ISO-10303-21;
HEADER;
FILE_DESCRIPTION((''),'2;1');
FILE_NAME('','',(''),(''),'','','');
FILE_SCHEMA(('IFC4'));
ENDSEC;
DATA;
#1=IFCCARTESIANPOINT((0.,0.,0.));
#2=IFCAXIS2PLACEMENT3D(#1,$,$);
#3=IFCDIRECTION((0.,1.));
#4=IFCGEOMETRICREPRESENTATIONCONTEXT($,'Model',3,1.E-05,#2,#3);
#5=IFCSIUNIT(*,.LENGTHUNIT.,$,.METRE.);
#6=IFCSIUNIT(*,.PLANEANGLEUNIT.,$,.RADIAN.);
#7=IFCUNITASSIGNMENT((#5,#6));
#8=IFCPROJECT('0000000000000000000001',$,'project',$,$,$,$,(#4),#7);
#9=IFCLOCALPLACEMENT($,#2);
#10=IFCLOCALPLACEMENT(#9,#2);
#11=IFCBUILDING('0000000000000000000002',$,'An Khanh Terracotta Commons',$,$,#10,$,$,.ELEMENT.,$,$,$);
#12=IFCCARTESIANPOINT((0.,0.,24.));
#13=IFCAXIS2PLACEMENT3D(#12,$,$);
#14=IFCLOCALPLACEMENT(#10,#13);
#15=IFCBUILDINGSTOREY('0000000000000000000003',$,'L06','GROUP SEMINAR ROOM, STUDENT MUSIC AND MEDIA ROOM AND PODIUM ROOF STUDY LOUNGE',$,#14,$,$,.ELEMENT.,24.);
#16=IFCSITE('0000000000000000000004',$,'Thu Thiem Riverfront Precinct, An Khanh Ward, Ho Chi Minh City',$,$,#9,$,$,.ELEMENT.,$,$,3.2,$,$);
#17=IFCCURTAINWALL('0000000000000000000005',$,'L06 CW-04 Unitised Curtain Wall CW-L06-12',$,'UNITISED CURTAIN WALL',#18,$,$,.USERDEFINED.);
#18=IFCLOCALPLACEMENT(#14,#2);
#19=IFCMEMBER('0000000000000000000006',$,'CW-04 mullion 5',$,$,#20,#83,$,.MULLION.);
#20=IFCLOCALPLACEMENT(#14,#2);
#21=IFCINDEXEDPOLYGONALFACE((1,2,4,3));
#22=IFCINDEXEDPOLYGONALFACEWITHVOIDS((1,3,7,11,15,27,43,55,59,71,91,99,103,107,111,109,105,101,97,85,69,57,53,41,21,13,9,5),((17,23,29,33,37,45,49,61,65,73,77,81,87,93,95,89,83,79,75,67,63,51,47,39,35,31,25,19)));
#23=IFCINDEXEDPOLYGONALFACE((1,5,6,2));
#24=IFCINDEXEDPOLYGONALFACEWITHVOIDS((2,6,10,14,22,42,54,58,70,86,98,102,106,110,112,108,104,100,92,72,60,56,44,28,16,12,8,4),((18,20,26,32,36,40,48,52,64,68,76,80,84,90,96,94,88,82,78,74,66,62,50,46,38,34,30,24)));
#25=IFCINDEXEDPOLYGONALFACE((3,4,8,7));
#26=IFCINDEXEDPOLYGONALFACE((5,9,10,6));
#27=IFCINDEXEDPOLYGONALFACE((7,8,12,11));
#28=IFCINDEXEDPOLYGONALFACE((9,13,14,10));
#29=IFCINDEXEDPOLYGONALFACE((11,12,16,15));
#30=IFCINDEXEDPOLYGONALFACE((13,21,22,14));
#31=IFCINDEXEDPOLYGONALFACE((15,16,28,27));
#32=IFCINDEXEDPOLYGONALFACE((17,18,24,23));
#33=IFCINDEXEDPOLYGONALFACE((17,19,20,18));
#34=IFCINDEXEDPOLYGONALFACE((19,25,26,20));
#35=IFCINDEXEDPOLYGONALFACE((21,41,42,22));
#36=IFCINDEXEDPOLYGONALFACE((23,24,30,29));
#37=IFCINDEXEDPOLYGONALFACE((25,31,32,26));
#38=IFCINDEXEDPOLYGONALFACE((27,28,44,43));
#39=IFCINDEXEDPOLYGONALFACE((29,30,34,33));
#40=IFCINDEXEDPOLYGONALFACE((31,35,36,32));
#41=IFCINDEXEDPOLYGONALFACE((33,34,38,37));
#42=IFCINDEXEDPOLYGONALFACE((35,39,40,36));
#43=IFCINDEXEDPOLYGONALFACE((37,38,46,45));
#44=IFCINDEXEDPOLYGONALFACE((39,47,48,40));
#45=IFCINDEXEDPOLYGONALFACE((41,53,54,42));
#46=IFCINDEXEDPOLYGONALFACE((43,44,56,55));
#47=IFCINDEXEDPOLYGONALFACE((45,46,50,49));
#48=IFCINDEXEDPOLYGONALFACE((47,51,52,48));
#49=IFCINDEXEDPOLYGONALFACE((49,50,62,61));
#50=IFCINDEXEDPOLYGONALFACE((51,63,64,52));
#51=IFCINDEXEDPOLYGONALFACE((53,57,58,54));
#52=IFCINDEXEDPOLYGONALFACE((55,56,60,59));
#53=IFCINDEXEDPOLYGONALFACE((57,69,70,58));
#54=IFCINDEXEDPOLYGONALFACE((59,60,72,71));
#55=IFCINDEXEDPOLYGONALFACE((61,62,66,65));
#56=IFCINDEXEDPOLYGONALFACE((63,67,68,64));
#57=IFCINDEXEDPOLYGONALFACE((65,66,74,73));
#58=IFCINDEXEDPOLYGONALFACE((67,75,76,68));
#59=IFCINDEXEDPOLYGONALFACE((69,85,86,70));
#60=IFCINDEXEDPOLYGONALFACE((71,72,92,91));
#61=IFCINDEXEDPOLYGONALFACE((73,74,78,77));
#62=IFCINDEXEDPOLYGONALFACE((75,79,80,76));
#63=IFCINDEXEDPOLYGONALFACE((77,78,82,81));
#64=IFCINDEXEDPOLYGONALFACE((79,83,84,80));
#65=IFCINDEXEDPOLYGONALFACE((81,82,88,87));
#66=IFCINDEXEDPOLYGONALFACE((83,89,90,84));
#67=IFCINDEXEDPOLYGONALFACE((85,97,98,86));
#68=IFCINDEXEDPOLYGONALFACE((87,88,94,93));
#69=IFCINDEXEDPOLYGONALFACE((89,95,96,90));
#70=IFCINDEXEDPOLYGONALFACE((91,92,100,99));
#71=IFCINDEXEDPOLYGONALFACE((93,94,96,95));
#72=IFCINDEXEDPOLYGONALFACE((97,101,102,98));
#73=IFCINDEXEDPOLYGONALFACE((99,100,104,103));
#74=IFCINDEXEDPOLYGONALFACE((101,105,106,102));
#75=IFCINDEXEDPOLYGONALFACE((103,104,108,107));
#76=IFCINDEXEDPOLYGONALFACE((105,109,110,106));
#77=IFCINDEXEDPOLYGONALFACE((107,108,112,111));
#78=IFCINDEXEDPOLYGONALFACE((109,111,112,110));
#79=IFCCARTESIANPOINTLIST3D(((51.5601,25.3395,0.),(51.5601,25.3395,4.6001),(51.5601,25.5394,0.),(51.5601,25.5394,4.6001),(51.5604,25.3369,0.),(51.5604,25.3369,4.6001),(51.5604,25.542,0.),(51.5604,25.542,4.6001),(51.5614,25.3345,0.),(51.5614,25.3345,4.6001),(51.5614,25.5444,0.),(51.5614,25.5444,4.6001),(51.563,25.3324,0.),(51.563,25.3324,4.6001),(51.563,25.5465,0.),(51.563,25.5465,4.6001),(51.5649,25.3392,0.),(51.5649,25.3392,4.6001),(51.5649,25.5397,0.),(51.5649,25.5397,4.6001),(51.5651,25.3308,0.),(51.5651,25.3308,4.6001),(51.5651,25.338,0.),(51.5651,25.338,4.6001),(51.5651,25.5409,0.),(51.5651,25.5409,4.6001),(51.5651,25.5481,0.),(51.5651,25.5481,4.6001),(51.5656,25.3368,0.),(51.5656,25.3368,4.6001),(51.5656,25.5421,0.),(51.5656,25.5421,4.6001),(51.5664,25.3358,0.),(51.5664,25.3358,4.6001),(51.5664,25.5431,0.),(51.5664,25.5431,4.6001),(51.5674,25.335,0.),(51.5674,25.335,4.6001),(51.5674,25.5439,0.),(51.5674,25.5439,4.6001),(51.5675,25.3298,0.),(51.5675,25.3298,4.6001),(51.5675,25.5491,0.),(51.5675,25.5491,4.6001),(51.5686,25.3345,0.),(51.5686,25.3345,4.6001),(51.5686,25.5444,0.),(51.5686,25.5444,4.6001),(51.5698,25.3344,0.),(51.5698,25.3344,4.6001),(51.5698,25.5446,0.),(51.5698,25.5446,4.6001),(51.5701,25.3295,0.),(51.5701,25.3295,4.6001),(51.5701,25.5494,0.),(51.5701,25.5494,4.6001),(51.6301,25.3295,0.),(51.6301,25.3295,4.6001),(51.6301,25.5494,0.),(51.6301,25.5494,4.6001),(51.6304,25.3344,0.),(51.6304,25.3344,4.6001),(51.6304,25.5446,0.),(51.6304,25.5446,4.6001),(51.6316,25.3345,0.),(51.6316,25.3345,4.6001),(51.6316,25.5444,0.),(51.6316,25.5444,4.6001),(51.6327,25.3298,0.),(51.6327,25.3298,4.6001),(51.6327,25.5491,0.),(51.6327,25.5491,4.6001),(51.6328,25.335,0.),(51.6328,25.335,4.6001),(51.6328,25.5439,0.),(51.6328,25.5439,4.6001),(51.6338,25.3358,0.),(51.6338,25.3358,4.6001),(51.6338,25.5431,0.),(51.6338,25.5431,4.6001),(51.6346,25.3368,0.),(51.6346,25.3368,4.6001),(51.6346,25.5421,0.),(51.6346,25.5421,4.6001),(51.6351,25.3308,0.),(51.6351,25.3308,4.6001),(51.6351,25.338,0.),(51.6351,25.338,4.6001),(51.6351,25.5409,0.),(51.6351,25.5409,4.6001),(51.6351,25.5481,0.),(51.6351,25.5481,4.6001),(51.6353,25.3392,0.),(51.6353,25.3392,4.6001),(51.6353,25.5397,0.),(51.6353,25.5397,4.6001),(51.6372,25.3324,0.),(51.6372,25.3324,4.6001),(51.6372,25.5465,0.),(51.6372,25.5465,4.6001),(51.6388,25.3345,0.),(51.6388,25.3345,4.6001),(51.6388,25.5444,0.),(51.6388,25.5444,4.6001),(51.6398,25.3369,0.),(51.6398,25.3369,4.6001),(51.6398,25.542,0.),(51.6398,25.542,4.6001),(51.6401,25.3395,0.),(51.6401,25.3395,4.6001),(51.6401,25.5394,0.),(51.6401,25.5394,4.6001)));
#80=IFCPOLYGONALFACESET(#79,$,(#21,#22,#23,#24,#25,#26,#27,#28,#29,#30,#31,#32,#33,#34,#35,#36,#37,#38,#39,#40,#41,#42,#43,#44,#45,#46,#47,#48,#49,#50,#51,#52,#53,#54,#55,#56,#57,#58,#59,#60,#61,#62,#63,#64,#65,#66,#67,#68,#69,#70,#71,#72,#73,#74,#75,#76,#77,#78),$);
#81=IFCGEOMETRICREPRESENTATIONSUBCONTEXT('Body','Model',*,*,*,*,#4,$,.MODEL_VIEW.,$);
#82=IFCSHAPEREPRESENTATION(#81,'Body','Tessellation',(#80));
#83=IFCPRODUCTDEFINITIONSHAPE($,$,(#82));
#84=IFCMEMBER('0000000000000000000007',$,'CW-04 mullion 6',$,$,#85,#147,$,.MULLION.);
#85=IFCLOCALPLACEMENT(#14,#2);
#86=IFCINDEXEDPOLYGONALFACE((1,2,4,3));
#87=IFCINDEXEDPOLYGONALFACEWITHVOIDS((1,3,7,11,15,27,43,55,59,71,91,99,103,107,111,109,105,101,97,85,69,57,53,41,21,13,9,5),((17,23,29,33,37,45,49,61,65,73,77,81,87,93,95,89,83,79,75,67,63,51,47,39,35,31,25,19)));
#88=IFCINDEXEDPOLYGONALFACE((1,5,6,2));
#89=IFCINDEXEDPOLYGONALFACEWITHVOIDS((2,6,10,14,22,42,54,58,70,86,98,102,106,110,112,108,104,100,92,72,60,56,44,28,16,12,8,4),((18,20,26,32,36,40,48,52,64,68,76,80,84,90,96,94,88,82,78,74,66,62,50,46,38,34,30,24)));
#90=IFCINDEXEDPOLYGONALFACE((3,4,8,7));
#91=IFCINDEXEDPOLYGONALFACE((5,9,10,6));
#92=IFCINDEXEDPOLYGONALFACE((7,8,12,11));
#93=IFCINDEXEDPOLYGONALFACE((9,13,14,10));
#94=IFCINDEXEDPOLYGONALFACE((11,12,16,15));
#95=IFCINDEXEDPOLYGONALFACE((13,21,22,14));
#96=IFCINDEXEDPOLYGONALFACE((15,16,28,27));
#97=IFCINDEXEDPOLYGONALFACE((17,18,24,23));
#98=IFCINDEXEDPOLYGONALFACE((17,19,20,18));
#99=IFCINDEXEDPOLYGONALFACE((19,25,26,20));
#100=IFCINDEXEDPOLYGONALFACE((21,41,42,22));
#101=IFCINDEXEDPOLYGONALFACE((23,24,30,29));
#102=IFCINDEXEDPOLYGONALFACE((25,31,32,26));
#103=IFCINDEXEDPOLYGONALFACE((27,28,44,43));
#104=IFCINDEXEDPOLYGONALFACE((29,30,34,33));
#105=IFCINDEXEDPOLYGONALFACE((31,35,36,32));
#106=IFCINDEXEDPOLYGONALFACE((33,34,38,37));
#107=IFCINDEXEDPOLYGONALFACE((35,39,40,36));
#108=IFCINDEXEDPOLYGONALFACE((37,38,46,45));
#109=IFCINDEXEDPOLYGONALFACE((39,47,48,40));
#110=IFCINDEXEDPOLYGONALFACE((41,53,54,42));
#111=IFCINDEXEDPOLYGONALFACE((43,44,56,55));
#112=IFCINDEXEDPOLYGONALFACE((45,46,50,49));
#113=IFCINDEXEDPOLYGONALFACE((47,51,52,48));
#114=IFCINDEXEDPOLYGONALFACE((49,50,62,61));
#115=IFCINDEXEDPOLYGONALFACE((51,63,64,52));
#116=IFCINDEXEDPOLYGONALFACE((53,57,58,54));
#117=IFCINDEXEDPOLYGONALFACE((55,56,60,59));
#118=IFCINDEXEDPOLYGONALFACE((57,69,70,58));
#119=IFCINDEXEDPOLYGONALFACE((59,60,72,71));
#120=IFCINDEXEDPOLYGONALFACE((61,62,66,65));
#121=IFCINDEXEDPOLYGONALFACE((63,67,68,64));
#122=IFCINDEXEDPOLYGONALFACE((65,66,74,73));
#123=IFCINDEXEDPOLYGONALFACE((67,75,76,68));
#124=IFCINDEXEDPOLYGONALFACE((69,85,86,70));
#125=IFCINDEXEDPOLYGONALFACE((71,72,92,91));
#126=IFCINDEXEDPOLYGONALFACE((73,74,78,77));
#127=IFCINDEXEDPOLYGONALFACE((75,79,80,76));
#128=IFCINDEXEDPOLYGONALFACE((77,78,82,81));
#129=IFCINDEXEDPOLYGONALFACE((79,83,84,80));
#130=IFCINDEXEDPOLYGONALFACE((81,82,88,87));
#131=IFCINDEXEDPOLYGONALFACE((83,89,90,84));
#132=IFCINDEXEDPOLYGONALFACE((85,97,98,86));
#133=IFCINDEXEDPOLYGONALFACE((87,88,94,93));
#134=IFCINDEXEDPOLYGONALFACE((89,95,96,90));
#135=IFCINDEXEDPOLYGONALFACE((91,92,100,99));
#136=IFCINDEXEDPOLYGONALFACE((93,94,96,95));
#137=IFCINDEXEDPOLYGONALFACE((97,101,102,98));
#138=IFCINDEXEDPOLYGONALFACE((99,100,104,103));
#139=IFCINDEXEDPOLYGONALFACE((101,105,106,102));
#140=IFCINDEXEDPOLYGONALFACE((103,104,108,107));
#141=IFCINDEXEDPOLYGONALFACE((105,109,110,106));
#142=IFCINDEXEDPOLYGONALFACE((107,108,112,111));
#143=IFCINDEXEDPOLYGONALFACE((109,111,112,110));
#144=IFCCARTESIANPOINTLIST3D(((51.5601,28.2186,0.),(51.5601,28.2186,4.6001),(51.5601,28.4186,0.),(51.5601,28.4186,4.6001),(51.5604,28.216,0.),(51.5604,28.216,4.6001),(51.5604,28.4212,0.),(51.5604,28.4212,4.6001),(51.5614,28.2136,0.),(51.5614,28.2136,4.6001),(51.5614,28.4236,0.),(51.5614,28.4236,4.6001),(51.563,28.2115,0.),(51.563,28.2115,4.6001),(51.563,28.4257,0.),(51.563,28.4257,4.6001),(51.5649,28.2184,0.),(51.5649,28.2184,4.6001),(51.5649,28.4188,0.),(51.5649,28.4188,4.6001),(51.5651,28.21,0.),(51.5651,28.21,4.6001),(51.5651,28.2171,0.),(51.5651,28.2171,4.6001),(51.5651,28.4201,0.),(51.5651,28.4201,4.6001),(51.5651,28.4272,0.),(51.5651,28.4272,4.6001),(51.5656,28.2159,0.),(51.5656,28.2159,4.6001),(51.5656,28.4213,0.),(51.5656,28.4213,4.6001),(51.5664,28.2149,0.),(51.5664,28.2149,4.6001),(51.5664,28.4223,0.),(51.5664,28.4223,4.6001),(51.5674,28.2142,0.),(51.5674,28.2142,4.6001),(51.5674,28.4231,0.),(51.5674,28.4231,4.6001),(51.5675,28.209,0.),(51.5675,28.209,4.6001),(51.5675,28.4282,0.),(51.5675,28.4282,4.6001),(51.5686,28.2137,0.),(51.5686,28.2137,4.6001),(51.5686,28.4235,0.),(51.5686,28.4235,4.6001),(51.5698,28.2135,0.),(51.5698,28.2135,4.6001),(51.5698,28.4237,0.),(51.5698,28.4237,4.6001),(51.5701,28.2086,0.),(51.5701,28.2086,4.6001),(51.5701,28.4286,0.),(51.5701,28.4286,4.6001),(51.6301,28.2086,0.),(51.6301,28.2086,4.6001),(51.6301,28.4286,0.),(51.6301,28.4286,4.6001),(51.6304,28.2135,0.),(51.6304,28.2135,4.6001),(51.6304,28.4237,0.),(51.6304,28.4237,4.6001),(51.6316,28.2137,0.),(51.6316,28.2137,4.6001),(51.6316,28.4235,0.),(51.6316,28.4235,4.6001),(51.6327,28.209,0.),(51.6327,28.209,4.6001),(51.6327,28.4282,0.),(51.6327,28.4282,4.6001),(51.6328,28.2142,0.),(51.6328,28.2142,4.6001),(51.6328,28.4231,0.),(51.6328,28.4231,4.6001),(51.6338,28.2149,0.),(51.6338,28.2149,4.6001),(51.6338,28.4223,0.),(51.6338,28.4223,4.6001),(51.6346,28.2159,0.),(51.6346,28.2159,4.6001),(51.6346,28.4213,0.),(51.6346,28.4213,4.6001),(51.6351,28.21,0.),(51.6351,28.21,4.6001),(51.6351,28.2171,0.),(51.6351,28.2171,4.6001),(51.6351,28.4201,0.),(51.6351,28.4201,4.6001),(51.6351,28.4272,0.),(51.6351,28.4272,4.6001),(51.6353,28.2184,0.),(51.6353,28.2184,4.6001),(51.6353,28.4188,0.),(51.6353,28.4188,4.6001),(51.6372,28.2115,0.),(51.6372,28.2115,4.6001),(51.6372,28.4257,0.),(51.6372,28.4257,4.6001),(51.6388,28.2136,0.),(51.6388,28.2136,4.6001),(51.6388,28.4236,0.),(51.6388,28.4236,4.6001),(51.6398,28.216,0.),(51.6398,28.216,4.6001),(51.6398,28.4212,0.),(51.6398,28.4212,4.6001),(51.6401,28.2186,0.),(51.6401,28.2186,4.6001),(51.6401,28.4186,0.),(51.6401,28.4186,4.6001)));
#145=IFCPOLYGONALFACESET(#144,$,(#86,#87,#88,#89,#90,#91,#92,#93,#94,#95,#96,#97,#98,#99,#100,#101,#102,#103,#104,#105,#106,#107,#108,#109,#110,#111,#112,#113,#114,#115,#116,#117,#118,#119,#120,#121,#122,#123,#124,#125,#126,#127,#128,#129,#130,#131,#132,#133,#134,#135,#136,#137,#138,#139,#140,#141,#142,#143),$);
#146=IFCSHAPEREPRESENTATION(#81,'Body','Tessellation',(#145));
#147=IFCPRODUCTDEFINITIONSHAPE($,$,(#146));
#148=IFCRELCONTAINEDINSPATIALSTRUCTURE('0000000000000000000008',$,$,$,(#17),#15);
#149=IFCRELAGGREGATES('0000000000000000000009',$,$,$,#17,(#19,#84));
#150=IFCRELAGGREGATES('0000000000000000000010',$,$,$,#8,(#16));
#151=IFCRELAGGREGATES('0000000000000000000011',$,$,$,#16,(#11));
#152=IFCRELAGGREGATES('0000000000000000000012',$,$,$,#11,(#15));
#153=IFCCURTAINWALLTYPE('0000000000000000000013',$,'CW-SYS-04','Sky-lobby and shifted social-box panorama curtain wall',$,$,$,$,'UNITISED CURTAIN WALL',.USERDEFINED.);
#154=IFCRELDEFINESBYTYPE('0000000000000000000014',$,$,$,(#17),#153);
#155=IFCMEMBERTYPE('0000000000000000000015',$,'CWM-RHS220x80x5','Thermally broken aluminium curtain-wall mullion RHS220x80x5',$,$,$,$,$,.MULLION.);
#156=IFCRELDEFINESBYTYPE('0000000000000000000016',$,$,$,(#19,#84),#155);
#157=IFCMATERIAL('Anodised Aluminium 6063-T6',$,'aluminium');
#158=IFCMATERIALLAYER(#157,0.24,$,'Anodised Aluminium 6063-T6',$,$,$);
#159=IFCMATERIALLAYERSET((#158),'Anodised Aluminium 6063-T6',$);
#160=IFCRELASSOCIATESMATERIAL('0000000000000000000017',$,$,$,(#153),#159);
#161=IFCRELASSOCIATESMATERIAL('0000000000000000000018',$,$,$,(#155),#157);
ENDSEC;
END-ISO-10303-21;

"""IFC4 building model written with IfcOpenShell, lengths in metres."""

from ifc_helpers import new_model, si_unit, direction, frame, origin, origin_2d, place, context, subcontext, project, spatial, hollow_rectangle, extrude, material, layer, layer_set, material_profile, profile_set, type_object, element, aggregate, save


model = new_model("IFC4")

# Units and contexts
model_context = context("Model", 3, precision=1e-05, world=origin(), true_north=direction((0.0, 1.0)))
body_context = subcontext(model_context, "Body", "Model", "MODEL_VIEW")
ifc_project = project(units=[si_unit("LENGTHUNIT", "METRE"), si_unit("PLANEANGLEUNIT", "RADIAN")], contexts=[model_context])

# Site, building, storey
site_placement = place(None, origin())
site = spatial("IfcSite", under=ifc_project, at=site_placement, Name="Thu Thiem Riverfront Precinct, An Khanh Ward, Ho Chi Minh City", CompositionType="ELEMENT", RefElevation=3.2)
building_placement = place(site_placement, origin())
building = spatial("IfcBuilding", under=site, at=building_placement, Name="An Khanh Terracotta Commons", CompositionType="ELEMENT")
storey_placement = place(building_placement, frame((0.0, 0.0, 24.0)))
storey = spatial("IfcBuildingStorey", under=building, at=storey_placement, Name="L06", Description="GROUP SEMINAR ROOM, STUDENT MUSIC AND MEDIA ROOM AND PODIUM ROOF STUDY LOUNGE", CompositionType="ELEMENT", Elevation=24.0)

# Curtain wall, members
ifc_material_1 = material(Name="Anodised Aluminium 6063-T6", Category="aluminium")
ifc_layer_1 = layer(ifc_material_1, 0.24, Name="Anodised Aluminium 6063-T6")
ifc_layer_set_1 = layer_set([ifc_layer_1], Name="Anodised Aluminium 6063-T6")
curtain_wall_type = type_object("IfcCurtainWallType", Name="CW-SYS-04", Description="Sky-lobby and shifted social-box panorama curtain wall", ElementType="UNITISED CURTAIN WALL", PredefinedType="USERDEFINED", material=ifc_layer_set_1)
curtain_wall_placement = place(storey_placement, origin())
curtain_wall = element("IfcCurtainWall", 1, at=curtain_wall_placement, inside=storey, type_object=curtain_wall_type, Name="L06 CW-04 Unitised Curtain Wall CW-L06-12", ObjectType="UNITISED CURTAIN WALL", PredefinedType="USERDEFINED")
ifc_material_profile_1 = material_profile(ifc_material_1, hollow_rectangle(XDim=0.0801, YDim=0.22, WallThickness=0.0049, InnerFilletRadius=0.0049, OuterFilletRadius=0.01, at=origin_2d()), Name="RHS220x80x5")
ifc_profile_set_1 = profile_set([ifc_material_profile_1], Name="Anodised Aluminium 6063-T6")
member_type_1 = type_object("IfcMemberType", Name="CWM-RHS220x80x5", Description="Thermally broken aluminium curtain-wall mullion RHS220x80x5", PredefinedType="MULLION", material=ifc_profile_set_1)
member_1_placement = place(storey_placement, frame((51.6001, 25.4395, 0.0), z_axis=(0.0, 0.0, 1.0), x_axis=(-1.0, 0.0, 0.0)))
member_1 = element("IfcMember", 2, at=member_1_placement, type_object=member_type_1, Name="CW-04 mullion 5", PredefinedType="MULLION", context=body_context, shape_type="SweptSolid", body=[
    extrude(hollow_rectangle(XDim=0.0801, YDim=0.22, WallThickness=0.0049, InnerFilletRadius=0.0049, OuterFilletRadius=0.01, at=origin_2d()), origin(), (0.0, 0.0, 1.0), 4.6001),
])
member_2_placement = place(storey_placement, frame((51.6001, 28.3186, 0.0), z_axis=(0.0, 0.0, 1.0), x_axis=(-1.0, 0.0, 0.0)))
member_2 = element("IfcMember", 3, at=member_2_placement, type_object=member_type_1, Name="CW-04 mullion 6", PredefinedType="MULLION", context=body_context, shape_type="SweptSolid", body=[
    extrude(hollow_rectangle(XDim=0.0801, YDim=0.22, WallThickness=0.0049, InnerFilletRadius=0.0049, OuterFilletRadius=0.01, at=origin_2d()), origin(), (0.0, 0.0, 1.0), 4.6001),
])
aggregate(curtain_wall, [member_1, member_2])

save(model, "model.ifc")
